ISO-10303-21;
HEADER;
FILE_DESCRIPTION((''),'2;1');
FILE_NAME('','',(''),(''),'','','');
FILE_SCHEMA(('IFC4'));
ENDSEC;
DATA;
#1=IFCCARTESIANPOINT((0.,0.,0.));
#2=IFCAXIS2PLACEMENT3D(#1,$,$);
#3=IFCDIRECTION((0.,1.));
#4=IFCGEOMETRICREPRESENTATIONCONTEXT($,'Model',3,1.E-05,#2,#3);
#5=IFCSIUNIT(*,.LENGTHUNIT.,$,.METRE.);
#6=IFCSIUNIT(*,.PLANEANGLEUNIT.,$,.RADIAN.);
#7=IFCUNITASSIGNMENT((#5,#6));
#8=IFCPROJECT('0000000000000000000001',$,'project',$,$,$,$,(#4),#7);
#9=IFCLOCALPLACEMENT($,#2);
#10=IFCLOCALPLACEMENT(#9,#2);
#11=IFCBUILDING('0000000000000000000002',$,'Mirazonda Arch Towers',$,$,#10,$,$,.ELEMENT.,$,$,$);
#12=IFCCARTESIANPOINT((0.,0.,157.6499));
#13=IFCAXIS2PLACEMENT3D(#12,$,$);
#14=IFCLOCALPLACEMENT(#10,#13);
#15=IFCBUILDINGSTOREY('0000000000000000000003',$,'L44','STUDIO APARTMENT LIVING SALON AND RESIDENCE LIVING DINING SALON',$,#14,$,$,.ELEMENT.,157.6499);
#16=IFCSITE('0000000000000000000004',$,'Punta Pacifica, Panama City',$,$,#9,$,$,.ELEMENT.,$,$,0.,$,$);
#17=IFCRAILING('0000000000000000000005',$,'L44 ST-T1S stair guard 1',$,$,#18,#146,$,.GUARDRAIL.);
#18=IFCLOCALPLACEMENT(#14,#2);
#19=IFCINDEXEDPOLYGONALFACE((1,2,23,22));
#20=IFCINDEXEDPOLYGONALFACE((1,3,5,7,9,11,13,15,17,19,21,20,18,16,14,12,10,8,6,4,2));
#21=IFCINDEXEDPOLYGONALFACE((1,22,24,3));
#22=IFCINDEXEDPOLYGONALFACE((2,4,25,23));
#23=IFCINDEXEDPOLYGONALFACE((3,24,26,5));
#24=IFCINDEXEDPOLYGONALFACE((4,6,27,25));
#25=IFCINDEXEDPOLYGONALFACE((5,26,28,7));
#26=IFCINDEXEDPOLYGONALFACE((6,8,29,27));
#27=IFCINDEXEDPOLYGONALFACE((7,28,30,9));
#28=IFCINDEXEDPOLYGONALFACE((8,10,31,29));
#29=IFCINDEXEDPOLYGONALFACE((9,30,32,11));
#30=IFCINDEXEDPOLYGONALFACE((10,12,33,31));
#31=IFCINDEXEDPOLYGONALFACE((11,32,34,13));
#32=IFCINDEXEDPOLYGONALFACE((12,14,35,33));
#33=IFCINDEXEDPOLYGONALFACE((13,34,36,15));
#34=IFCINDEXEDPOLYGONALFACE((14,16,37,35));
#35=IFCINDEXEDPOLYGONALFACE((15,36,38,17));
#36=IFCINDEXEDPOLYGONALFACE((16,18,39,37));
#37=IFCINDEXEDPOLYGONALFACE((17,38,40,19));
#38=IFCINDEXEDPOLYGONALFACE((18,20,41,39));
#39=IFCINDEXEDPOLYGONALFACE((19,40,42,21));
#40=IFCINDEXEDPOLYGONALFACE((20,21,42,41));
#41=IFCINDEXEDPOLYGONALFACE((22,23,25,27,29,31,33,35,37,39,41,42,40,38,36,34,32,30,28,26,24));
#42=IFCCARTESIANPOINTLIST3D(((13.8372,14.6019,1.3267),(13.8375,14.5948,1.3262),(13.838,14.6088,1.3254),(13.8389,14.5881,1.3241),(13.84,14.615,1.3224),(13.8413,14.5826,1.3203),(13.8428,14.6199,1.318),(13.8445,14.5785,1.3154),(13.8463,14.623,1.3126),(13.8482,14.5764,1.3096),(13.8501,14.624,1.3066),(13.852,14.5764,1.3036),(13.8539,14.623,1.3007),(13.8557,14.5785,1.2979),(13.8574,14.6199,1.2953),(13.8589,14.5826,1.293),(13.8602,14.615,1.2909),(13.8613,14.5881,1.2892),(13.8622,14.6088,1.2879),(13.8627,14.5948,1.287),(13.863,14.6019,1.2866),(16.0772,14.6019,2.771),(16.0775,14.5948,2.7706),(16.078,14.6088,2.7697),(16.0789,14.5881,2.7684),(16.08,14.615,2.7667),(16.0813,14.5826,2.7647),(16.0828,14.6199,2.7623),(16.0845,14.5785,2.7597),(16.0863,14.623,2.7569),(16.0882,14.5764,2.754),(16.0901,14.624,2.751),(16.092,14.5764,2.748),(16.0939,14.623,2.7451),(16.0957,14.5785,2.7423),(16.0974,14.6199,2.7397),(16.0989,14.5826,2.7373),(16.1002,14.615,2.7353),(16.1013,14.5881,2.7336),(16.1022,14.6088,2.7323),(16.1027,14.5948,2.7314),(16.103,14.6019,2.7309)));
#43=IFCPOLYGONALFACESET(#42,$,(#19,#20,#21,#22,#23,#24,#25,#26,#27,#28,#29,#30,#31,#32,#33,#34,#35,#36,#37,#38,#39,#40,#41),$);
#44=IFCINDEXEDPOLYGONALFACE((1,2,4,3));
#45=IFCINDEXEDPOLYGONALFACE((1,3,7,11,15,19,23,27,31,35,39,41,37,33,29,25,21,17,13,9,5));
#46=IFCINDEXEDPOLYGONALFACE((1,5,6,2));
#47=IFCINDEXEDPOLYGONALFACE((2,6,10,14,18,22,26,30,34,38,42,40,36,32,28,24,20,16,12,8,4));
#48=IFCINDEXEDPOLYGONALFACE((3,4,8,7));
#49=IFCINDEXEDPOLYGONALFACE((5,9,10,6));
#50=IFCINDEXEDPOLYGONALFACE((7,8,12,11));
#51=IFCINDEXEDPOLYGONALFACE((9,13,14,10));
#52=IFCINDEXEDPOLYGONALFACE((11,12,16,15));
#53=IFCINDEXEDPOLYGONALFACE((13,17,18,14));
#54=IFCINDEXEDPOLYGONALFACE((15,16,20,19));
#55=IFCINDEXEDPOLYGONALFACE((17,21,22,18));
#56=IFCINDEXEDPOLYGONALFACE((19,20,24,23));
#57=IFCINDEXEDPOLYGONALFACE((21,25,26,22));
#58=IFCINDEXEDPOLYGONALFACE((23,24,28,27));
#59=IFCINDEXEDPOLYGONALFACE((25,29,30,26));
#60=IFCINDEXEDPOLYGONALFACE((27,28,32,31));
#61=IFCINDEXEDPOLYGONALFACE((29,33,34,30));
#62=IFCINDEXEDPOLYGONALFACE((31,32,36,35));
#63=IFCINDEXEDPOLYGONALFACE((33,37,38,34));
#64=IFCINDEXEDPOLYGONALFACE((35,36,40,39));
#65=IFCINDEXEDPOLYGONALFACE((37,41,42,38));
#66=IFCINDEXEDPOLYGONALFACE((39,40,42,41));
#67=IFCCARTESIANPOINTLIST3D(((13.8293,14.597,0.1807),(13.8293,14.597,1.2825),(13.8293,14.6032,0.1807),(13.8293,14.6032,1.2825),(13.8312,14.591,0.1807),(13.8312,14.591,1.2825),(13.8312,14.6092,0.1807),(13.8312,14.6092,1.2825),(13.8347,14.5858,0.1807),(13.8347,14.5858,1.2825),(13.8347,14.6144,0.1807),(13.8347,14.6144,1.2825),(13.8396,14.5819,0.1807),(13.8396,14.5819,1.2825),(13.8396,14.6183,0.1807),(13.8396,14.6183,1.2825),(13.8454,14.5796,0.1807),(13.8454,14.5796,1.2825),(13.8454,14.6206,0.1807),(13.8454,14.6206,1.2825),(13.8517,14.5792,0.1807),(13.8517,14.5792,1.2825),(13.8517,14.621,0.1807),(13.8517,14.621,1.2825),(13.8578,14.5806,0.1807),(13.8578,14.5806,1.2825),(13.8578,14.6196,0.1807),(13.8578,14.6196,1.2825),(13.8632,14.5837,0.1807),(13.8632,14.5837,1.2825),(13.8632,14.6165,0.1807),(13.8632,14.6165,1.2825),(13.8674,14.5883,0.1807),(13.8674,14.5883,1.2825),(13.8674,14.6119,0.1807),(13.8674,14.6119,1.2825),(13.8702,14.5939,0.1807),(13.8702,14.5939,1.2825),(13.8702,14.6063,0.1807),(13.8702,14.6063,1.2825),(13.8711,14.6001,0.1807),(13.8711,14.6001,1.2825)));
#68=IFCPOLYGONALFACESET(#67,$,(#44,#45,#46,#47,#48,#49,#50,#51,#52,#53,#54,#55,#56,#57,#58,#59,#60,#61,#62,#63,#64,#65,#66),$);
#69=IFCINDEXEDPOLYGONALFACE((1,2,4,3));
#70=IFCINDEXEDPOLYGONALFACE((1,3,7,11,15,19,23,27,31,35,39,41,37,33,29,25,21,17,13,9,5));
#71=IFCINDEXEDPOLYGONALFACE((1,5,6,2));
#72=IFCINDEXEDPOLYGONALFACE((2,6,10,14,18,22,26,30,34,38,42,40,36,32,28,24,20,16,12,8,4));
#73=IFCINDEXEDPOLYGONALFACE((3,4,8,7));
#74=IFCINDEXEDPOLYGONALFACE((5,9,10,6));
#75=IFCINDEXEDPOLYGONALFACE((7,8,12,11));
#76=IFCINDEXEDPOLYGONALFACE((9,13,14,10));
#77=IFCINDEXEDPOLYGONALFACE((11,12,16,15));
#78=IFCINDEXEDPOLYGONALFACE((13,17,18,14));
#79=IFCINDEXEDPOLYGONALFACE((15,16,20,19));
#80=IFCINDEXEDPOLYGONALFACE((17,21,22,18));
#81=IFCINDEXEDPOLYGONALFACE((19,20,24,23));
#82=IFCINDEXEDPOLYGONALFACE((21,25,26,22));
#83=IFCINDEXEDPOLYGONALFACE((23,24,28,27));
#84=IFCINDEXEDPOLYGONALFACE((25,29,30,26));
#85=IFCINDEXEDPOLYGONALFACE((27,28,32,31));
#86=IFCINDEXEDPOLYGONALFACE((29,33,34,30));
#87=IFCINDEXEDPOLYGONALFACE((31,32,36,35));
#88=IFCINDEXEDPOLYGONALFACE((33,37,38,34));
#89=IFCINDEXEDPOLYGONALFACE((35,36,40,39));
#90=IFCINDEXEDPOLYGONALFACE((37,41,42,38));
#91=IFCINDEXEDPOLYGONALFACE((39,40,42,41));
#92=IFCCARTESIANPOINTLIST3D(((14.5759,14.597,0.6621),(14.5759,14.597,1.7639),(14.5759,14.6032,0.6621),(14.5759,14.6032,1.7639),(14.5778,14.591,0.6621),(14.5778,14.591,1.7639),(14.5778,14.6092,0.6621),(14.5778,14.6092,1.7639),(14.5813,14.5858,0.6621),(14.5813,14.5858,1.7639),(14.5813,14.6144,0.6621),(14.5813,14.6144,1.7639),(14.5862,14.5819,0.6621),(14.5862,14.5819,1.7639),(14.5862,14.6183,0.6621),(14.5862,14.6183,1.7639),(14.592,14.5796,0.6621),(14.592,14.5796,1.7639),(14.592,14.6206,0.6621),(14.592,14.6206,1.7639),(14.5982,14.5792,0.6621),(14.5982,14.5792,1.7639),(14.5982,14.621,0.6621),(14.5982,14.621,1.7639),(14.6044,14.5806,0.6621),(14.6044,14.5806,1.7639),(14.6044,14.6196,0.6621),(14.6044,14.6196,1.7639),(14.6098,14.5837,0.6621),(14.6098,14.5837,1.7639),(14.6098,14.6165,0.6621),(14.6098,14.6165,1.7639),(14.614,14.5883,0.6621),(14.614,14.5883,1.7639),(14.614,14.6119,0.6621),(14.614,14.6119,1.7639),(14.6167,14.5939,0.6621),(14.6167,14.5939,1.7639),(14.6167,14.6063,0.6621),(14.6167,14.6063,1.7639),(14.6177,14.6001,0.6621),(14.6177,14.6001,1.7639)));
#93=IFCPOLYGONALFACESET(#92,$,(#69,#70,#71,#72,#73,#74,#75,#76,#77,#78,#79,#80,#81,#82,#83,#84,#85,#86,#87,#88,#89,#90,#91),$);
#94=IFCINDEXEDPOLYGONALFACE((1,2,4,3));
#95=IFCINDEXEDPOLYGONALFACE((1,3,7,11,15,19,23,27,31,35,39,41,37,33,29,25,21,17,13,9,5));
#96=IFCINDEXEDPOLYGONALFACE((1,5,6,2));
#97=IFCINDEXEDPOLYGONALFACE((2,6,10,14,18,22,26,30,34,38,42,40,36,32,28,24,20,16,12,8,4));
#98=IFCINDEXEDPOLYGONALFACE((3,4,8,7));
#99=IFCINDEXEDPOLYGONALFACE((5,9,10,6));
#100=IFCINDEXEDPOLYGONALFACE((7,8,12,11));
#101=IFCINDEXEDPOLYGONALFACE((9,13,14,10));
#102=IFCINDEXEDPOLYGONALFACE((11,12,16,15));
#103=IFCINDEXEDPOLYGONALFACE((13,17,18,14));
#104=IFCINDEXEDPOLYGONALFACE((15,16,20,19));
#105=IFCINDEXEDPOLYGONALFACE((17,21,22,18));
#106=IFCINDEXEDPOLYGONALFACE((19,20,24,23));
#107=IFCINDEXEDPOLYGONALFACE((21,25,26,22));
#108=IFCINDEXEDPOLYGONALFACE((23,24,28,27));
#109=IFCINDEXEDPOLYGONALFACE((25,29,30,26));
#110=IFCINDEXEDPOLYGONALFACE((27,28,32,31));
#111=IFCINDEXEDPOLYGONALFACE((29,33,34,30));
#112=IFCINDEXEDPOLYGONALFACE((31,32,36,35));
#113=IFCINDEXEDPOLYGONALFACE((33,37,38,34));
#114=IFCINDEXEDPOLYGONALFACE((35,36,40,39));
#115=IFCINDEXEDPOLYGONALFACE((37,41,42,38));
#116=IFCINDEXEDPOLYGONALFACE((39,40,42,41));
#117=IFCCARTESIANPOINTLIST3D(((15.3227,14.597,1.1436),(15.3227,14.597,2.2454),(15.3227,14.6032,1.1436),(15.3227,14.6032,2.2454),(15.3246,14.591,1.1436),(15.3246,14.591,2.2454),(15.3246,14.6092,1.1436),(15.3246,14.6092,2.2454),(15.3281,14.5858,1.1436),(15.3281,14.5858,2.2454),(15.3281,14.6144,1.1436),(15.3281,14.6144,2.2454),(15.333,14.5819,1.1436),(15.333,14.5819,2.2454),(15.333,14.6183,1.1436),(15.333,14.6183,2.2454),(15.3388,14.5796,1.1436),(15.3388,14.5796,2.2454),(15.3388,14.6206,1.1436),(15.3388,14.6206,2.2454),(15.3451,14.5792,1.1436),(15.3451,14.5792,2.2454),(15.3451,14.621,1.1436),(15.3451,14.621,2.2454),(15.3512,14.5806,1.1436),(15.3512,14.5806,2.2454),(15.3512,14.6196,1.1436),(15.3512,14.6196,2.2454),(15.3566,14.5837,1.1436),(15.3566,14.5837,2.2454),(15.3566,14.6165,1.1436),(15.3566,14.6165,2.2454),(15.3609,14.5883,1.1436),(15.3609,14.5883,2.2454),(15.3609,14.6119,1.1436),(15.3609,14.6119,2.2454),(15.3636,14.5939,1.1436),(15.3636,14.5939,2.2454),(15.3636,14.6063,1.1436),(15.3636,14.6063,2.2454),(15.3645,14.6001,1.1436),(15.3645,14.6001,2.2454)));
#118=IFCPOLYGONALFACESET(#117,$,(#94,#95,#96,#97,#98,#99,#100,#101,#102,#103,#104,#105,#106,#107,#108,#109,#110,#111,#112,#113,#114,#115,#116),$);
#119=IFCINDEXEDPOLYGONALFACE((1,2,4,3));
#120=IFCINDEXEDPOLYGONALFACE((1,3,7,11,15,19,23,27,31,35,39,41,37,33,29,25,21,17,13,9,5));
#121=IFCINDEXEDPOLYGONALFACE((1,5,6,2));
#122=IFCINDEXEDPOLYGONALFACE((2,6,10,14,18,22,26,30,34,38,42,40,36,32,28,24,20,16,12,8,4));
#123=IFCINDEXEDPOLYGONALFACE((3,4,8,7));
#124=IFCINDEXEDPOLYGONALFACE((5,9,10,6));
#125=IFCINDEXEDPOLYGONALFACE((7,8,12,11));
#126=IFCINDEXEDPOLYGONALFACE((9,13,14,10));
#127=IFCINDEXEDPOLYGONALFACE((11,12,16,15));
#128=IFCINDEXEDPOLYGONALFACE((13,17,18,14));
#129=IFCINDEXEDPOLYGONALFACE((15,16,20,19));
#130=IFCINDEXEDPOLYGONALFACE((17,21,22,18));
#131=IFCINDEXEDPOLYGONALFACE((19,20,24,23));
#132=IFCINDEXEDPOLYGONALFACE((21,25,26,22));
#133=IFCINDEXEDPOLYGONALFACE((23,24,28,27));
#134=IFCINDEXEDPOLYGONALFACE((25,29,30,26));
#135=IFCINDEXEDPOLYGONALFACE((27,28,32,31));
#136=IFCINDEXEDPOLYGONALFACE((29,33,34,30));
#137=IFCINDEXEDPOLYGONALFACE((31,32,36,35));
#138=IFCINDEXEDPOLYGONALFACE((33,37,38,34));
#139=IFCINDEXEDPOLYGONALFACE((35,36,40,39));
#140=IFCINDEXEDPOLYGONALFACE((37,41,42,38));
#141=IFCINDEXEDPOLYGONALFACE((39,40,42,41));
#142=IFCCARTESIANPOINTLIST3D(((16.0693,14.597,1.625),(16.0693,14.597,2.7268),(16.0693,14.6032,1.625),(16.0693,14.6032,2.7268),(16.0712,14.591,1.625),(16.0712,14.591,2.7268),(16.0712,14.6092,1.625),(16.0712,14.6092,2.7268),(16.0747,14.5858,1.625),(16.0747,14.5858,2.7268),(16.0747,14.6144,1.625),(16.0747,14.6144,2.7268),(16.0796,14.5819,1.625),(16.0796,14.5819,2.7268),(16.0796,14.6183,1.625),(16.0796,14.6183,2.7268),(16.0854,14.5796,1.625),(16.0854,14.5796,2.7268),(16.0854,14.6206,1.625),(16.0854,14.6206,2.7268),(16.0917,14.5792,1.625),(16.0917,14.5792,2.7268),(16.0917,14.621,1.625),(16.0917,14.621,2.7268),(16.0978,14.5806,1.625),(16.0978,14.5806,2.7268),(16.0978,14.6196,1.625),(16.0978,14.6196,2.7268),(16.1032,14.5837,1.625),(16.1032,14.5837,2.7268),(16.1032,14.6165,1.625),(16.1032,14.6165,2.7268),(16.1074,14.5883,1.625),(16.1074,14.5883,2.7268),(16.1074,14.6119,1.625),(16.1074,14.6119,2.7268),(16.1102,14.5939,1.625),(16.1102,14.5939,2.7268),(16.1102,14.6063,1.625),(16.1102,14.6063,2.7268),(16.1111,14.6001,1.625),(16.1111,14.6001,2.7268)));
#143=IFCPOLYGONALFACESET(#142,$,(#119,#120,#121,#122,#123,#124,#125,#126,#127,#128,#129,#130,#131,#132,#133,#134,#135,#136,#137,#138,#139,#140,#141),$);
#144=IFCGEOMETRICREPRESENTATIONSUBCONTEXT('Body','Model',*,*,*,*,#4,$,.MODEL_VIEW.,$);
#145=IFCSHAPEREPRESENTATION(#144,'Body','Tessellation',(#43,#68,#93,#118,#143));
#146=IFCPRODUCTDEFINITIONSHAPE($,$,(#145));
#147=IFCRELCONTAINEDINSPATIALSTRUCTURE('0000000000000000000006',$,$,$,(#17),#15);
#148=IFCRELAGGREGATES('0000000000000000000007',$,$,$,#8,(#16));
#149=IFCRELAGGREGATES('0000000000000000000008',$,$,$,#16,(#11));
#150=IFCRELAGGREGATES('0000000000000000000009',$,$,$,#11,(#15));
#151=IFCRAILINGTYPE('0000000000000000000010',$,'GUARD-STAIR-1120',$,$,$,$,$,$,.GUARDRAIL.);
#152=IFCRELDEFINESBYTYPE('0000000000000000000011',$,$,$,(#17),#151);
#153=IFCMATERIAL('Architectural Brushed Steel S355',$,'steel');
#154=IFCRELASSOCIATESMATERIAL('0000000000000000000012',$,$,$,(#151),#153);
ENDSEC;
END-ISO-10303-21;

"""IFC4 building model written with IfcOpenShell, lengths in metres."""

from ifc_helpers import new_model, si_unit, direction, frame, origin, origin_2d, place, context, subcontext, project, spatial, circle, extrude, material, type_object, element, save


model = new_model("IFC4")

# Units and contexts
model_context = context("Model", 3, precision=1e-05, world=origin(), true_north=direction((0.0, 1.0)))
body_context = subcontext(model_context, "Body", "Model", "MODEL_VIEW")
ifc_project = project(units=[si_unit("LENGTHUNIT", "METRE"), si_unit("PLANEANGLEUNIT", "RADIAN")], contexts=[model_context])

# Site, building, storey
site_placement = place(None, origin())
site = spatial("IfcSite", under=ifc_project, at=site_placement, Name="Punta Pacifica, Panama City", CompositionType="ELEMENT", RefElevation=0.0)
building_placement = place(site_placement, origin())
building = spatial("IfcBuilding", under=site, at=building_placement, Name="Mirazonda Arch Towers", CompositionType="ELEMENT")
storey_placement = place(building_placement, frame((0.0, 0.0, 157.6499)))
storey = spatial("IfcBuildingStorey", under=building, at=storey_placement, Name="L44", Description="STUDIO APARTMENT LIVING SALON AND RESIDENCE LIVING DINING SALON", CompositionType="ELEMENT", Elevation=157.6499)

# Shared definitions
ifc_material_1 = material(Name="Architectural Brushed Steel S355", Category="steel")

# Railing
railing_type_1 = type_object("IfcRailingType", Name="GUARD-STAIR-1120", PredefinedType="GUARDRAIL", material=ifc_material_1)
railing_1_placement = place(storey_placement, frame((13.8501, 14.6001, 0.1807)))
element("IfcRailing", 1, at=railing_1_placement, inside=storey, type_object=railing_type_1, Name="L44 ST-T1S stair guard 1", PredefinedType="GUARDRAIL", context=body_context, shape_type="SweptSolid", body=[
    extrude(circle(Radius=0.0239, at=origin_2d()), frame((0.0, 0.0, 1.126), z_axis=(0.840437, 0.0, 0.54191), x_axis=(0.0, 1.0, 0.0)), (0.0, 0.0, 1.0), 2.6653),
    extrude(circle(Radius=0.021, at=origin_2d()), origin(), (0.0, 0.0, 1.0), 1.1018),
    extrude(circle(Radius=0.021, at=origin_2d()), frame((0.7466, 0.0, 0.4814)), (0.0, 0.0, 1.0), 1.1018),
    extrude(circle(Radius=0.021, at=origin_2d()), frame((1.4934, 0.0, 0.9629)), (0.0, 0.0, 1.0), 1.1018),
    extrude(circle(Radius=0.021, at=origin_2d()), frame((2.24, 0.0, 1.4443)), (0.0, 0.0, 1.0), 1.1018),
])

save(model, "model.ifc")
